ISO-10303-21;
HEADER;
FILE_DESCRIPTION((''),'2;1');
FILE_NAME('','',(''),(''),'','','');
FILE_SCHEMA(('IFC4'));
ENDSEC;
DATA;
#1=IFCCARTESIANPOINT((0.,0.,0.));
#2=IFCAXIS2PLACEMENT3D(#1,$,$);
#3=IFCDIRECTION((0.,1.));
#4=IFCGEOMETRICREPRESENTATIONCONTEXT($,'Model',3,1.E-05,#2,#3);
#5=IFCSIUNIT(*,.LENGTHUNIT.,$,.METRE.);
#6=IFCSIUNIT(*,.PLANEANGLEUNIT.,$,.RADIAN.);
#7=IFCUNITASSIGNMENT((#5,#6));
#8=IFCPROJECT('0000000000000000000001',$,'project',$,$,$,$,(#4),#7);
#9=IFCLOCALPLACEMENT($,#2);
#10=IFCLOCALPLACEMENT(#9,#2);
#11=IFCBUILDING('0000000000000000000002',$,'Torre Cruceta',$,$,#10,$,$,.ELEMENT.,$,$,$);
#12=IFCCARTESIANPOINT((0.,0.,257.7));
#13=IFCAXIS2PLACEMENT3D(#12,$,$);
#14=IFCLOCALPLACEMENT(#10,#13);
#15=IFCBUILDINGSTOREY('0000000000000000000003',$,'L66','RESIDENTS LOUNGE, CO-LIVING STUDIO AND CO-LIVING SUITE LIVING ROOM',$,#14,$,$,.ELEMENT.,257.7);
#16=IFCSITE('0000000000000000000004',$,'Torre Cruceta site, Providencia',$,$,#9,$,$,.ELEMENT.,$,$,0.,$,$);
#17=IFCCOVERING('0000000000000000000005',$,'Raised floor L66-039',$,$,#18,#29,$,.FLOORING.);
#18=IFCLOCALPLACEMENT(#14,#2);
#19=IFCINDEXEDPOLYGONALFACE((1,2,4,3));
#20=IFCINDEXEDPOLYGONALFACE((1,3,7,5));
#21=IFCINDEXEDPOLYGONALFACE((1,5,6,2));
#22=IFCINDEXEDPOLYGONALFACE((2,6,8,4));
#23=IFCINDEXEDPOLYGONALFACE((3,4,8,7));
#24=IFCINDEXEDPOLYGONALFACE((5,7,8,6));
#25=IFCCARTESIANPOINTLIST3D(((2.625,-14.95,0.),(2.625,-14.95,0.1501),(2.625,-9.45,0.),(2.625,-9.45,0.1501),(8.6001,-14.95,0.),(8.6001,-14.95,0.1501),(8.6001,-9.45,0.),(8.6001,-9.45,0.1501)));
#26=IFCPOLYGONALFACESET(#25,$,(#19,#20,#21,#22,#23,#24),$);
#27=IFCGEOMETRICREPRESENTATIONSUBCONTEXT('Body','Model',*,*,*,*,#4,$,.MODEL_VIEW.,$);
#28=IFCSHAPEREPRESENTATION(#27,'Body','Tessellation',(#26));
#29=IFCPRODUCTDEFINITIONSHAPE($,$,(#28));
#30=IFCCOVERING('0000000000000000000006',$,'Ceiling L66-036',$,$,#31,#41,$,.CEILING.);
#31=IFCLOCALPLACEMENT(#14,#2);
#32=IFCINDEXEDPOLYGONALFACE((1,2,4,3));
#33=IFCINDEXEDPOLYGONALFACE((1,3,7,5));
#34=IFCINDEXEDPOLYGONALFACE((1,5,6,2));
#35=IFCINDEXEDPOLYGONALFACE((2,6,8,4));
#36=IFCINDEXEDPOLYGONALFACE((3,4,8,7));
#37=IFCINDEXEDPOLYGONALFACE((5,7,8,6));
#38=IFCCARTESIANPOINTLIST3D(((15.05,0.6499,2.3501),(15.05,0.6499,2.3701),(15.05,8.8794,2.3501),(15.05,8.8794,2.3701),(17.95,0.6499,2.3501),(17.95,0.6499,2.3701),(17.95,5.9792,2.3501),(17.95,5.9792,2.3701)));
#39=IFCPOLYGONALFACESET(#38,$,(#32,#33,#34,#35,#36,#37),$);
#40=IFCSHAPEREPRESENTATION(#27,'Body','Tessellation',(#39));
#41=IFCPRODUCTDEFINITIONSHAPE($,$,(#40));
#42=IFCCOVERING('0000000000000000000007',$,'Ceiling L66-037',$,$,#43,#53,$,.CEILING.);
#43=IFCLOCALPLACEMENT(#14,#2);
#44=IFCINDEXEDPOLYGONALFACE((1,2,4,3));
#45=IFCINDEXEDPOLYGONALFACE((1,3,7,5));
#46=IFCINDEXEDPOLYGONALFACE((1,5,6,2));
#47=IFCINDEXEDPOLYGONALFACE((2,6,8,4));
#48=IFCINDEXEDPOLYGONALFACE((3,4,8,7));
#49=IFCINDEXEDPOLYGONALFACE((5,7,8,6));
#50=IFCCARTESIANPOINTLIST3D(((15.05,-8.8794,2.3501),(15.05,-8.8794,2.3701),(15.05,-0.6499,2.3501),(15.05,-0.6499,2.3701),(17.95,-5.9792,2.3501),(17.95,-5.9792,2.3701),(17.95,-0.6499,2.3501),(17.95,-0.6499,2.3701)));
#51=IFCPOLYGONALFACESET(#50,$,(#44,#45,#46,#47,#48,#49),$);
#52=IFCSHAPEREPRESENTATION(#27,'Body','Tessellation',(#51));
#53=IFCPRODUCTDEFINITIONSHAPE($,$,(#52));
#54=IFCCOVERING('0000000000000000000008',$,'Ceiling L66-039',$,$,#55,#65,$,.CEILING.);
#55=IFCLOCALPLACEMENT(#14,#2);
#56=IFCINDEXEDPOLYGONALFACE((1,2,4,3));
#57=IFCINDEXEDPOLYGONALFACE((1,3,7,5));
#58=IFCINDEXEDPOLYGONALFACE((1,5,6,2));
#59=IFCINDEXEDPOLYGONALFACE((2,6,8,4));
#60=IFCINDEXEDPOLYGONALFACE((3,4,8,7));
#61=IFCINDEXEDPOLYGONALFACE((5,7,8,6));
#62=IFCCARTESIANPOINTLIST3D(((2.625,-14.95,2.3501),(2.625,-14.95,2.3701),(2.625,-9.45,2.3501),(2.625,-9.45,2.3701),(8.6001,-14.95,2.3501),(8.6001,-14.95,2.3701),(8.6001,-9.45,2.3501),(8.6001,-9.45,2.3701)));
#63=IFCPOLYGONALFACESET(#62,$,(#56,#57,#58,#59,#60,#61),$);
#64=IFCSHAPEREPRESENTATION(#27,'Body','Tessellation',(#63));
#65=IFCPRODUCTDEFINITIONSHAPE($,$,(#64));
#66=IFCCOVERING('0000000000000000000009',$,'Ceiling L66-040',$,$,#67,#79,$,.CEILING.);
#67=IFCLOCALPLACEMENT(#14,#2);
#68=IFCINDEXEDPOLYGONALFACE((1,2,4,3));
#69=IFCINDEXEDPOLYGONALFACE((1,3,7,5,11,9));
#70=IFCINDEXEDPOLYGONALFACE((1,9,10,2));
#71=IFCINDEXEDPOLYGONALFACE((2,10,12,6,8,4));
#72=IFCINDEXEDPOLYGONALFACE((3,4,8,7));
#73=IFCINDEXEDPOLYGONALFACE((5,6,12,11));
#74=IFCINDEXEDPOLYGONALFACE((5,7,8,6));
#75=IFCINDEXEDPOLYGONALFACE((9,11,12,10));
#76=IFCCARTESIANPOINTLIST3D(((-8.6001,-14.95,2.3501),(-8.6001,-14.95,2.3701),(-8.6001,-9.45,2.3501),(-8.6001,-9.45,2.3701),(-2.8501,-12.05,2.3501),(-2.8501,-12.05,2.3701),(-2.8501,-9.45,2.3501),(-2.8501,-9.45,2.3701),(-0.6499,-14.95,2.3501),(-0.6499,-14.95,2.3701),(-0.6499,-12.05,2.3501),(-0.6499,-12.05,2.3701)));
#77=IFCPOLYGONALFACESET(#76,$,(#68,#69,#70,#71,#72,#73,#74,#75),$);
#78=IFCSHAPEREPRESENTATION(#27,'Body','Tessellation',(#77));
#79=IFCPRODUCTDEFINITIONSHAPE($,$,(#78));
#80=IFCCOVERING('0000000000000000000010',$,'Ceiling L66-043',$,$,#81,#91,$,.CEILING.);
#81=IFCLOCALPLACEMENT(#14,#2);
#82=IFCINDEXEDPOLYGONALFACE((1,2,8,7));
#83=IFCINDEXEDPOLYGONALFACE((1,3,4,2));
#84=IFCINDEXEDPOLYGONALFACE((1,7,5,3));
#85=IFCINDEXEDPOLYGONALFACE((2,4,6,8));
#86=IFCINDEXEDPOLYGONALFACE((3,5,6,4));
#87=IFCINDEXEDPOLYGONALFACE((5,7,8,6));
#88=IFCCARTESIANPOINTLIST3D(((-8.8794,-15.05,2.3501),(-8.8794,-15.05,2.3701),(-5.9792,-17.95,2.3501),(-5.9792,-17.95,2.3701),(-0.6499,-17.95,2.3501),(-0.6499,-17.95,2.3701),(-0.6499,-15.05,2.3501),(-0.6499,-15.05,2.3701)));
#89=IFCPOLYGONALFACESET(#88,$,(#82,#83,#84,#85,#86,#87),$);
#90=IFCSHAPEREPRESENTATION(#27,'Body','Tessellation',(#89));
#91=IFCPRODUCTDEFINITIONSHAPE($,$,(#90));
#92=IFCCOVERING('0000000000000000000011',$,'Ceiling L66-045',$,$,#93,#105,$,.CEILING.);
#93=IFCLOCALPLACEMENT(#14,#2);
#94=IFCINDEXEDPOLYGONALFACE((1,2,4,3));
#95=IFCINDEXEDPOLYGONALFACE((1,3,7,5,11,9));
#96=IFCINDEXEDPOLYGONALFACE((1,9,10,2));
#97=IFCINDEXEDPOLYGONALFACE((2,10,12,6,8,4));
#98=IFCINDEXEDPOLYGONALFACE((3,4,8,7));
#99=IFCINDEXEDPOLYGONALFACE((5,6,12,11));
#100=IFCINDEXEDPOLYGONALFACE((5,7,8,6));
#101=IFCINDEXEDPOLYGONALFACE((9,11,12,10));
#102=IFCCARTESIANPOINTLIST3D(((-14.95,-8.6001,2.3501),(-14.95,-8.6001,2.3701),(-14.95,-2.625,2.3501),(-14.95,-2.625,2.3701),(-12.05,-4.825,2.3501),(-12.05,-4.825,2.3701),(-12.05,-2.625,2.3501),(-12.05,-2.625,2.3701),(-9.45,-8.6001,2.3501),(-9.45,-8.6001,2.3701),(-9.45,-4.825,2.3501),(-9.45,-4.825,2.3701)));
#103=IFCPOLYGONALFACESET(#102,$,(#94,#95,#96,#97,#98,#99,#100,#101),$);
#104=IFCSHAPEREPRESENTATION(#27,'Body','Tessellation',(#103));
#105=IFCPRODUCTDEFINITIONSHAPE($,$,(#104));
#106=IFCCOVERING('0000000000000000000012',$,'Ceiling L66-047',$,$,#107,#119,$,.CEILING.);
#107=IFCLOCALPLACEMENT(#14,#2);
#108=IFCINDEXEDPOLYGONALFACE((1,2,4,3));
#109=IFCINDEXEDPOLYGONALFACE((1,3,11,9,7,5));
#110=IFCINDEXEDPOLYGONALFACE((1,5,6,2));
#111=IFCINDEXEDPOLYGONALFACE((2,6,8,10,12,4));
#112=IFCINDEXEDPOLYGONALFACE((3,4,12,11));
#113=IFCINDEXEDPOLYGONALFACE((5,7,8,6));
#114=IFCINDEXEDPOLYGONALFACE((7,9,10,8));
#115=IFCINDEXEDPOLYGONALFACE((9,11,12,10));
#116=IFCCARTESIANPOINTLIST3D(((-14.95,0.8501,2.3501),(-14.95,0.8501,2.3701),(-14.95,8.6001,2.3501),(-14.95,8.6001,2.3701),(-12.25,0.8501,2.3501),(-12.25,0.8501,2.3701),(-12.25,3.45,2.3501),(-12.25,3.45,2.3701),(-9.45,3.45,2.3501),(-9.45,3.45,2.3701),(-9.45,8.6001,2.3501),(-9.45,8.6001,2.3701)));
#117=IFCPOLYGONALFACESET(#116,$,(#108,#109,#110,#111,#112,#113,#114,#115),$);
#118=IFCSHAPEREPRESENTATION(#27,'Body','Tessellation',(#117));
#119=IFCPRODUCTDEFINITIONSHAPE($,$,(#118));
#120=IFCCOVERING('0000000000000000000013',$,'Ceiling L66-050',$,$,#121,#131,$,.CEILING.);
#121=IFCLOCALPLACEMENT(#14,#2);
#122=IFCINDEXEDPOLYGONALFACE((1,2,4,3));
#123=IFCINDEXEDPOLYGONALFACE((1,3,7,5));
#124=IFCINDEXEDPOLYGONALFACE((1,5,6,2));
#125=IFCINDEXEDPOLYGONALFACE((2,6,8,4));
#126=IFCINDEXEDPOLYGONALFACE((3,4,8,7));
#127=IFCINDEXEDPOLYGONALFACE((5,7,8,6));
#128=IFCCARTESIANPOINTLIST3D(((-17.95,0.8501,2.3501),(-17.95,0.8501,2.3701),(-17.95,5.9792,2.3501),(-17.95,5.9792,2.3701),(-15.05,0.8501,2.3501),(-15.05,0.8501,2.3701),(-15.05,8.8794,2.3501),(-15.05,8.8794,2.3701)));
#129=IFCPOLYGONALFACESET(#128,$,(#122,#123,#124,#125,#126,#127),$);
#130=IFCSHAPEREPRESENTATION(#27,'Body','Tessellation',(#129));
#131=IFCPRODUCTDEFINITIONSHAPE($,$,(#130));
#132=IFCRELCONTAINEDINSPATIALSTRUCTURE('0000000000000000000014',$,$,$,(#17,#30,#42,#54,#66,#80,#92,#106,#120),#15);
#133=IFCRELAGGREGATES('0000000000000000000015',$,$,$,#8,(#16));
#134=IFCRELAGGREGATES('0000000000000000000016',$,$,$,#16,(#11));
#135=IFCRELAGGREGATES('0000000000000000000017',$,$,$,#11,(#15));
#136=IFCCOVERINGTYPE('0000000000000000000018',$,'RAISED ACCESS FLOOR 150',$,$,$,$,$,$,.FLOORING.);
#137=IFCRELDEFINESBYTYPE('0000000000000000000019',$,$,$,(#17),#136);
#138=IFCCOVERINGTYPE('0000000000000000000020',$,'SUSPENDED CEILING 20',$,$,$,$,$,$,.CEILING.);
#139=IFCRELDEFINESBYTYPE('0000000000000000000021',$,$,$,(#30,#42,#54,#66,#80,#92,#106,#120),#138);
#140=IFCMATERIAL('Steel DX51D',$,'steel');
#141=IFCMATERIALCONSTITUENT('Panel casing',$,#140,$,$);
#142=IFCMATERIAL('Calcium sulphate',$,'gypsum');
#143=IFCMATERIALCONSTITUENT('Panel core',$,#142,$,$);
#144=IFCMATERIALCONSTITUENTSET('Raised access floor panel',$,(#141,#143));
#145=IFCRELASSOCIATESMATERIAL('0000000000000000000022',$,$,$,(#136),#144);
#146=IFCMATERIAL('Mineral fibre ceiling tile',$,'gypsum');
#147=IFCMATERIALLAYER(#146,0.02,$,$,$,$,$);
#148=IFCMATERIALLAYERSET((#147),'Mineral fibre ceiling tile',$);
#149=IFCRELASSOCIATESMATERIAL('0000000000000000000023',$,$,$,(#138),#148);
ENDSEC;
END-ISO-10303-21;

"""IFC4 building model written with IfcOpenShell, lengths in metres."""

from ifc_helpers import new_model, si_unit, direction, frame, origin, place, context, subcontext, project, spatial, polyline, outline, extrude, material, layer, layer_set, constituent, constituent_set, type_object, element, save


model = new_model("IFC4")

# Units and contexts
model_context = context("Model", 3, precision=1e-05, world=origin(), true_north=direction((0.0, 1.0)))
body_context = subcontext(model_context, "Body", "Model", "MODEL_VIEW")
ifc_project = project(units=[si_unit("LENGTHUNIT", "METRE"), si_unit("PLANEANGLEUNIT", "RADIAN")], contexts=[model_context])

# Site, building, storey
site_placement = place(None, origin())
site = spatial("IfcSite", under=ifc_project, at=site_placement, Name="Torre Cruceta site, Providencia", CompositionType="ELEMENT", RefElevation=0.0)
building_placement = place(site_placement, origin())
building = spatial("IfcBuilding", under=site, at=building_placement, Name="Torre Cruceta", CompositionType="ELEMENT")
storey_placement = place(building_placement, frame((0.0, 0.0, 257.7)))
storey = spatial("IfcBuildingStorey", under=building, at=storey_placement, Name="L66", Description="RESIDENTS LOUNGE, CO-LIVING STUDIO AND CO-LIVING SUITE LIVING ROOM", CompositionType="ELEMENT", Elevation=257.7)

# Coverings
ifc_material_1 = material(Name="Steel DX51D", Category="steel")
ifc_constituent_1 = constituent(ifc_material_1, Name="Panel casing")
ifc_material_2 = material(Name="Calcium sulphate", Category="gypsum")
ifc_constituent_2 = constituent(ifc_material_2, Name="Panel core")
ifc_constituent_set_1 = constituent_set(constituents=[ifc_constituent_1, ifc_constituent_2], Name="Raised access floor panel")
covering_type_1 = type_object("IfcCoveringType", Name="RAISED ACCESS FLOOR 150", PredefinedType="FLOORING", material=ifc_constituent_set_1)
covering_1_placement = place(storey_placement, origin())
element("IfcCovering", 1, at=covering_1_placement, inside=storey, type_object=covering_type_1, Name="Raised floor L66-039", PredefinedType="FLOORING", context=body_context, shape_type="SweptSolid", body=[
    extrude(outline(polyline([(2.625, -9.45), (8.6001, -9.45), (8.6001, -14.95), (2.625, -14.95), (2.625, -9.45)])), origin(), (0.0, 0.0, 1.0), 0.1501),
])
ifc_material_3 = material(Name="Mineral fibre ceiling tile", Category="gypsum")
ifc_layer_1 = layer(ifc_material_3, 0.02)
ifc_layer_set_1 = layer_set([ifc_layer_1], Name="Mineral fibre ceiling tile")
covering_type_2 = type_object("IfcCoveringType", Name="SUSPENDED CEILING 20", PredefinedType="CEILING", material=ifc_layer_set_1)
covering_2_placement = place(storey_placement, frame((0.0, 0.0, 2.3501)))
element("IfcCovering", 2, at=covering_2_placement, inside=storey, type_object=covering_type_2, Name="Ceiling L66-036", PredefinedType="CEILING", context=body_context, shape_type="SweptSolid", body=[
    extrude(outline(polyline([(17.95, 5.9792), (17.95, 0.6499), (15.05, 0.6499), (15.05, 8.8794), (17.95, 5.9792)])), origin(), (0.0, 0.0, 1.0), 0.02),
])
covering_3_placement = place(storey_placement, frame((0.0, 0.0, 2.3501)))
element("IfcCovering", 3, at=covering_3_placement, inside=storey, type_object=covering_type_2, Name="Ceiling L66-037", PredefinedType="CEILING", context=body_context, shape_type="SweptSolid", body=[
    extrude(outline(polyline([(15.05, -8.8794), (15.05, -0.6499), (17.95, -0.6499), (17.95, -5.9792), (15.05, -8.8794)])), origin(), (0.0, 0.0, 1.0), 0.02),
])
covering_4_placement = place(storey_placement, frame((0.0, 0.0, 2.3501)))
element("IfcCovering", 4, at=covering_4_placement, inside=storey, type_object=covering_type_2, Name="Ceiling L66-039", PredefinedType="CEILING", context=body_context, shape_type="SweptSolid", body=[
    extrude(outline(polyline([(2.625, -9.45), (8.6001, -9.45), (8.6001, -14.95), (2.625, -14.95), (2.625, -9.45)])), origin(), (0.0, 0.0, 1.0), 0.02),
])
covering_5_placement = place(storey_placement, frame((0.0, 0.0, 2.3501)))
element("IfcCovering", 5, at=covering_5_placement, inside=storey, type_object=covering_type_2, Name="Ceiling L66-040", PredefinedType="CEILING", context=body_context, shape_type="SweptSolid", body=[
    extrude(outline(polyline([(-0.6499, -14.95), (-8.6001, -14.95), (-8.6001, -9.45), (-2.8501, -9.45), (-2.8501, -12.05), (-0.6499, -12.05), (-0.6499, -14.95)])), origin(), (0.0, 0.0, 1.0), 0.02),
])
covering_6_placement = place(storey_placement, frame((0.0, 0.0, 2.3501)))
element("IfcCovering", 6, at=covering_6_placement, inside=storey, type_object=covering_type_2, Name="Ceiling L66-043", PredefinedType="CEILING", context=body_context, shape_type="SweptSolid", body=[
    extrude(outline(polyline([(-8.8794, -15.05), (-0.6499, -15.05), (-0.6499, -17.95), (-5.9792, -17.95), (-8.8794, -15.05)])), origin(), (0.0, 0.0, 1.0), 0.02),
])
covering_7_placement = place(storey_placement, frame((0.0, 0.0, 2.3501)))
element("IfcCovering", 7, at=covering_7_placement, inside=storey, type_object=covering_type_2, Name="Ceiling L66-045", PredefinedType="CEILING", context=body_context, shape_type="SweptSolid", body=[
    extrude(outline(polyline([(-9.45, -8.6001), (-14.95, -8.6001), (-14.95, -2.625), (-12.05, -2.625), (-12.05, -4.825), (-9.45, -4.825), (-9.45, -8.6001)])), origin(), (0.0, 0.0, 1.0), 0.02),
])
covering_8_placement = place(storey_placement, frame((0.0, 0.0, 2.3501)))
element("IfcCovering", 8, at=covering_8_placement, inside=storey, type_object=covering_type_2, Name="Ceiling L66-047", PredefinedType="CEILING", context=body_context, shape_type="SweptSolid", body=[
    extrude(outline(polyline([(-14.95, 0.8501), (-14.95, 8.6001), (-9.45, 8.6001), (-9.45, 3.45), (-12.25, 3.45), (-12.25, 0.8501), (-14.95, 0.8501)])), origin(), (0.0, 0.0, 1.0), 0.02),
])
covering_9_placement = place(storey_placement, frame((0.0, 0.0, 2.3501)))
element("IfcCovering", 9, at=covering_9_placement, inside=storey, type_object=covering_type_2, Name="Ceiling L66-050", PredefinedType="CEILING", context=body_context, shape_type="SweptSolid", body=[
    extrude(outline(polyline([(-15.05, 8.8794), (-15.05, 0.8501), (-17.95, 0.8501), (-17.95, 5.9792), (-15.05, 8.8794)])), origin(), (0.0, 0.0, 1.0), 0.02),
])

save(model, "model.ifc")
